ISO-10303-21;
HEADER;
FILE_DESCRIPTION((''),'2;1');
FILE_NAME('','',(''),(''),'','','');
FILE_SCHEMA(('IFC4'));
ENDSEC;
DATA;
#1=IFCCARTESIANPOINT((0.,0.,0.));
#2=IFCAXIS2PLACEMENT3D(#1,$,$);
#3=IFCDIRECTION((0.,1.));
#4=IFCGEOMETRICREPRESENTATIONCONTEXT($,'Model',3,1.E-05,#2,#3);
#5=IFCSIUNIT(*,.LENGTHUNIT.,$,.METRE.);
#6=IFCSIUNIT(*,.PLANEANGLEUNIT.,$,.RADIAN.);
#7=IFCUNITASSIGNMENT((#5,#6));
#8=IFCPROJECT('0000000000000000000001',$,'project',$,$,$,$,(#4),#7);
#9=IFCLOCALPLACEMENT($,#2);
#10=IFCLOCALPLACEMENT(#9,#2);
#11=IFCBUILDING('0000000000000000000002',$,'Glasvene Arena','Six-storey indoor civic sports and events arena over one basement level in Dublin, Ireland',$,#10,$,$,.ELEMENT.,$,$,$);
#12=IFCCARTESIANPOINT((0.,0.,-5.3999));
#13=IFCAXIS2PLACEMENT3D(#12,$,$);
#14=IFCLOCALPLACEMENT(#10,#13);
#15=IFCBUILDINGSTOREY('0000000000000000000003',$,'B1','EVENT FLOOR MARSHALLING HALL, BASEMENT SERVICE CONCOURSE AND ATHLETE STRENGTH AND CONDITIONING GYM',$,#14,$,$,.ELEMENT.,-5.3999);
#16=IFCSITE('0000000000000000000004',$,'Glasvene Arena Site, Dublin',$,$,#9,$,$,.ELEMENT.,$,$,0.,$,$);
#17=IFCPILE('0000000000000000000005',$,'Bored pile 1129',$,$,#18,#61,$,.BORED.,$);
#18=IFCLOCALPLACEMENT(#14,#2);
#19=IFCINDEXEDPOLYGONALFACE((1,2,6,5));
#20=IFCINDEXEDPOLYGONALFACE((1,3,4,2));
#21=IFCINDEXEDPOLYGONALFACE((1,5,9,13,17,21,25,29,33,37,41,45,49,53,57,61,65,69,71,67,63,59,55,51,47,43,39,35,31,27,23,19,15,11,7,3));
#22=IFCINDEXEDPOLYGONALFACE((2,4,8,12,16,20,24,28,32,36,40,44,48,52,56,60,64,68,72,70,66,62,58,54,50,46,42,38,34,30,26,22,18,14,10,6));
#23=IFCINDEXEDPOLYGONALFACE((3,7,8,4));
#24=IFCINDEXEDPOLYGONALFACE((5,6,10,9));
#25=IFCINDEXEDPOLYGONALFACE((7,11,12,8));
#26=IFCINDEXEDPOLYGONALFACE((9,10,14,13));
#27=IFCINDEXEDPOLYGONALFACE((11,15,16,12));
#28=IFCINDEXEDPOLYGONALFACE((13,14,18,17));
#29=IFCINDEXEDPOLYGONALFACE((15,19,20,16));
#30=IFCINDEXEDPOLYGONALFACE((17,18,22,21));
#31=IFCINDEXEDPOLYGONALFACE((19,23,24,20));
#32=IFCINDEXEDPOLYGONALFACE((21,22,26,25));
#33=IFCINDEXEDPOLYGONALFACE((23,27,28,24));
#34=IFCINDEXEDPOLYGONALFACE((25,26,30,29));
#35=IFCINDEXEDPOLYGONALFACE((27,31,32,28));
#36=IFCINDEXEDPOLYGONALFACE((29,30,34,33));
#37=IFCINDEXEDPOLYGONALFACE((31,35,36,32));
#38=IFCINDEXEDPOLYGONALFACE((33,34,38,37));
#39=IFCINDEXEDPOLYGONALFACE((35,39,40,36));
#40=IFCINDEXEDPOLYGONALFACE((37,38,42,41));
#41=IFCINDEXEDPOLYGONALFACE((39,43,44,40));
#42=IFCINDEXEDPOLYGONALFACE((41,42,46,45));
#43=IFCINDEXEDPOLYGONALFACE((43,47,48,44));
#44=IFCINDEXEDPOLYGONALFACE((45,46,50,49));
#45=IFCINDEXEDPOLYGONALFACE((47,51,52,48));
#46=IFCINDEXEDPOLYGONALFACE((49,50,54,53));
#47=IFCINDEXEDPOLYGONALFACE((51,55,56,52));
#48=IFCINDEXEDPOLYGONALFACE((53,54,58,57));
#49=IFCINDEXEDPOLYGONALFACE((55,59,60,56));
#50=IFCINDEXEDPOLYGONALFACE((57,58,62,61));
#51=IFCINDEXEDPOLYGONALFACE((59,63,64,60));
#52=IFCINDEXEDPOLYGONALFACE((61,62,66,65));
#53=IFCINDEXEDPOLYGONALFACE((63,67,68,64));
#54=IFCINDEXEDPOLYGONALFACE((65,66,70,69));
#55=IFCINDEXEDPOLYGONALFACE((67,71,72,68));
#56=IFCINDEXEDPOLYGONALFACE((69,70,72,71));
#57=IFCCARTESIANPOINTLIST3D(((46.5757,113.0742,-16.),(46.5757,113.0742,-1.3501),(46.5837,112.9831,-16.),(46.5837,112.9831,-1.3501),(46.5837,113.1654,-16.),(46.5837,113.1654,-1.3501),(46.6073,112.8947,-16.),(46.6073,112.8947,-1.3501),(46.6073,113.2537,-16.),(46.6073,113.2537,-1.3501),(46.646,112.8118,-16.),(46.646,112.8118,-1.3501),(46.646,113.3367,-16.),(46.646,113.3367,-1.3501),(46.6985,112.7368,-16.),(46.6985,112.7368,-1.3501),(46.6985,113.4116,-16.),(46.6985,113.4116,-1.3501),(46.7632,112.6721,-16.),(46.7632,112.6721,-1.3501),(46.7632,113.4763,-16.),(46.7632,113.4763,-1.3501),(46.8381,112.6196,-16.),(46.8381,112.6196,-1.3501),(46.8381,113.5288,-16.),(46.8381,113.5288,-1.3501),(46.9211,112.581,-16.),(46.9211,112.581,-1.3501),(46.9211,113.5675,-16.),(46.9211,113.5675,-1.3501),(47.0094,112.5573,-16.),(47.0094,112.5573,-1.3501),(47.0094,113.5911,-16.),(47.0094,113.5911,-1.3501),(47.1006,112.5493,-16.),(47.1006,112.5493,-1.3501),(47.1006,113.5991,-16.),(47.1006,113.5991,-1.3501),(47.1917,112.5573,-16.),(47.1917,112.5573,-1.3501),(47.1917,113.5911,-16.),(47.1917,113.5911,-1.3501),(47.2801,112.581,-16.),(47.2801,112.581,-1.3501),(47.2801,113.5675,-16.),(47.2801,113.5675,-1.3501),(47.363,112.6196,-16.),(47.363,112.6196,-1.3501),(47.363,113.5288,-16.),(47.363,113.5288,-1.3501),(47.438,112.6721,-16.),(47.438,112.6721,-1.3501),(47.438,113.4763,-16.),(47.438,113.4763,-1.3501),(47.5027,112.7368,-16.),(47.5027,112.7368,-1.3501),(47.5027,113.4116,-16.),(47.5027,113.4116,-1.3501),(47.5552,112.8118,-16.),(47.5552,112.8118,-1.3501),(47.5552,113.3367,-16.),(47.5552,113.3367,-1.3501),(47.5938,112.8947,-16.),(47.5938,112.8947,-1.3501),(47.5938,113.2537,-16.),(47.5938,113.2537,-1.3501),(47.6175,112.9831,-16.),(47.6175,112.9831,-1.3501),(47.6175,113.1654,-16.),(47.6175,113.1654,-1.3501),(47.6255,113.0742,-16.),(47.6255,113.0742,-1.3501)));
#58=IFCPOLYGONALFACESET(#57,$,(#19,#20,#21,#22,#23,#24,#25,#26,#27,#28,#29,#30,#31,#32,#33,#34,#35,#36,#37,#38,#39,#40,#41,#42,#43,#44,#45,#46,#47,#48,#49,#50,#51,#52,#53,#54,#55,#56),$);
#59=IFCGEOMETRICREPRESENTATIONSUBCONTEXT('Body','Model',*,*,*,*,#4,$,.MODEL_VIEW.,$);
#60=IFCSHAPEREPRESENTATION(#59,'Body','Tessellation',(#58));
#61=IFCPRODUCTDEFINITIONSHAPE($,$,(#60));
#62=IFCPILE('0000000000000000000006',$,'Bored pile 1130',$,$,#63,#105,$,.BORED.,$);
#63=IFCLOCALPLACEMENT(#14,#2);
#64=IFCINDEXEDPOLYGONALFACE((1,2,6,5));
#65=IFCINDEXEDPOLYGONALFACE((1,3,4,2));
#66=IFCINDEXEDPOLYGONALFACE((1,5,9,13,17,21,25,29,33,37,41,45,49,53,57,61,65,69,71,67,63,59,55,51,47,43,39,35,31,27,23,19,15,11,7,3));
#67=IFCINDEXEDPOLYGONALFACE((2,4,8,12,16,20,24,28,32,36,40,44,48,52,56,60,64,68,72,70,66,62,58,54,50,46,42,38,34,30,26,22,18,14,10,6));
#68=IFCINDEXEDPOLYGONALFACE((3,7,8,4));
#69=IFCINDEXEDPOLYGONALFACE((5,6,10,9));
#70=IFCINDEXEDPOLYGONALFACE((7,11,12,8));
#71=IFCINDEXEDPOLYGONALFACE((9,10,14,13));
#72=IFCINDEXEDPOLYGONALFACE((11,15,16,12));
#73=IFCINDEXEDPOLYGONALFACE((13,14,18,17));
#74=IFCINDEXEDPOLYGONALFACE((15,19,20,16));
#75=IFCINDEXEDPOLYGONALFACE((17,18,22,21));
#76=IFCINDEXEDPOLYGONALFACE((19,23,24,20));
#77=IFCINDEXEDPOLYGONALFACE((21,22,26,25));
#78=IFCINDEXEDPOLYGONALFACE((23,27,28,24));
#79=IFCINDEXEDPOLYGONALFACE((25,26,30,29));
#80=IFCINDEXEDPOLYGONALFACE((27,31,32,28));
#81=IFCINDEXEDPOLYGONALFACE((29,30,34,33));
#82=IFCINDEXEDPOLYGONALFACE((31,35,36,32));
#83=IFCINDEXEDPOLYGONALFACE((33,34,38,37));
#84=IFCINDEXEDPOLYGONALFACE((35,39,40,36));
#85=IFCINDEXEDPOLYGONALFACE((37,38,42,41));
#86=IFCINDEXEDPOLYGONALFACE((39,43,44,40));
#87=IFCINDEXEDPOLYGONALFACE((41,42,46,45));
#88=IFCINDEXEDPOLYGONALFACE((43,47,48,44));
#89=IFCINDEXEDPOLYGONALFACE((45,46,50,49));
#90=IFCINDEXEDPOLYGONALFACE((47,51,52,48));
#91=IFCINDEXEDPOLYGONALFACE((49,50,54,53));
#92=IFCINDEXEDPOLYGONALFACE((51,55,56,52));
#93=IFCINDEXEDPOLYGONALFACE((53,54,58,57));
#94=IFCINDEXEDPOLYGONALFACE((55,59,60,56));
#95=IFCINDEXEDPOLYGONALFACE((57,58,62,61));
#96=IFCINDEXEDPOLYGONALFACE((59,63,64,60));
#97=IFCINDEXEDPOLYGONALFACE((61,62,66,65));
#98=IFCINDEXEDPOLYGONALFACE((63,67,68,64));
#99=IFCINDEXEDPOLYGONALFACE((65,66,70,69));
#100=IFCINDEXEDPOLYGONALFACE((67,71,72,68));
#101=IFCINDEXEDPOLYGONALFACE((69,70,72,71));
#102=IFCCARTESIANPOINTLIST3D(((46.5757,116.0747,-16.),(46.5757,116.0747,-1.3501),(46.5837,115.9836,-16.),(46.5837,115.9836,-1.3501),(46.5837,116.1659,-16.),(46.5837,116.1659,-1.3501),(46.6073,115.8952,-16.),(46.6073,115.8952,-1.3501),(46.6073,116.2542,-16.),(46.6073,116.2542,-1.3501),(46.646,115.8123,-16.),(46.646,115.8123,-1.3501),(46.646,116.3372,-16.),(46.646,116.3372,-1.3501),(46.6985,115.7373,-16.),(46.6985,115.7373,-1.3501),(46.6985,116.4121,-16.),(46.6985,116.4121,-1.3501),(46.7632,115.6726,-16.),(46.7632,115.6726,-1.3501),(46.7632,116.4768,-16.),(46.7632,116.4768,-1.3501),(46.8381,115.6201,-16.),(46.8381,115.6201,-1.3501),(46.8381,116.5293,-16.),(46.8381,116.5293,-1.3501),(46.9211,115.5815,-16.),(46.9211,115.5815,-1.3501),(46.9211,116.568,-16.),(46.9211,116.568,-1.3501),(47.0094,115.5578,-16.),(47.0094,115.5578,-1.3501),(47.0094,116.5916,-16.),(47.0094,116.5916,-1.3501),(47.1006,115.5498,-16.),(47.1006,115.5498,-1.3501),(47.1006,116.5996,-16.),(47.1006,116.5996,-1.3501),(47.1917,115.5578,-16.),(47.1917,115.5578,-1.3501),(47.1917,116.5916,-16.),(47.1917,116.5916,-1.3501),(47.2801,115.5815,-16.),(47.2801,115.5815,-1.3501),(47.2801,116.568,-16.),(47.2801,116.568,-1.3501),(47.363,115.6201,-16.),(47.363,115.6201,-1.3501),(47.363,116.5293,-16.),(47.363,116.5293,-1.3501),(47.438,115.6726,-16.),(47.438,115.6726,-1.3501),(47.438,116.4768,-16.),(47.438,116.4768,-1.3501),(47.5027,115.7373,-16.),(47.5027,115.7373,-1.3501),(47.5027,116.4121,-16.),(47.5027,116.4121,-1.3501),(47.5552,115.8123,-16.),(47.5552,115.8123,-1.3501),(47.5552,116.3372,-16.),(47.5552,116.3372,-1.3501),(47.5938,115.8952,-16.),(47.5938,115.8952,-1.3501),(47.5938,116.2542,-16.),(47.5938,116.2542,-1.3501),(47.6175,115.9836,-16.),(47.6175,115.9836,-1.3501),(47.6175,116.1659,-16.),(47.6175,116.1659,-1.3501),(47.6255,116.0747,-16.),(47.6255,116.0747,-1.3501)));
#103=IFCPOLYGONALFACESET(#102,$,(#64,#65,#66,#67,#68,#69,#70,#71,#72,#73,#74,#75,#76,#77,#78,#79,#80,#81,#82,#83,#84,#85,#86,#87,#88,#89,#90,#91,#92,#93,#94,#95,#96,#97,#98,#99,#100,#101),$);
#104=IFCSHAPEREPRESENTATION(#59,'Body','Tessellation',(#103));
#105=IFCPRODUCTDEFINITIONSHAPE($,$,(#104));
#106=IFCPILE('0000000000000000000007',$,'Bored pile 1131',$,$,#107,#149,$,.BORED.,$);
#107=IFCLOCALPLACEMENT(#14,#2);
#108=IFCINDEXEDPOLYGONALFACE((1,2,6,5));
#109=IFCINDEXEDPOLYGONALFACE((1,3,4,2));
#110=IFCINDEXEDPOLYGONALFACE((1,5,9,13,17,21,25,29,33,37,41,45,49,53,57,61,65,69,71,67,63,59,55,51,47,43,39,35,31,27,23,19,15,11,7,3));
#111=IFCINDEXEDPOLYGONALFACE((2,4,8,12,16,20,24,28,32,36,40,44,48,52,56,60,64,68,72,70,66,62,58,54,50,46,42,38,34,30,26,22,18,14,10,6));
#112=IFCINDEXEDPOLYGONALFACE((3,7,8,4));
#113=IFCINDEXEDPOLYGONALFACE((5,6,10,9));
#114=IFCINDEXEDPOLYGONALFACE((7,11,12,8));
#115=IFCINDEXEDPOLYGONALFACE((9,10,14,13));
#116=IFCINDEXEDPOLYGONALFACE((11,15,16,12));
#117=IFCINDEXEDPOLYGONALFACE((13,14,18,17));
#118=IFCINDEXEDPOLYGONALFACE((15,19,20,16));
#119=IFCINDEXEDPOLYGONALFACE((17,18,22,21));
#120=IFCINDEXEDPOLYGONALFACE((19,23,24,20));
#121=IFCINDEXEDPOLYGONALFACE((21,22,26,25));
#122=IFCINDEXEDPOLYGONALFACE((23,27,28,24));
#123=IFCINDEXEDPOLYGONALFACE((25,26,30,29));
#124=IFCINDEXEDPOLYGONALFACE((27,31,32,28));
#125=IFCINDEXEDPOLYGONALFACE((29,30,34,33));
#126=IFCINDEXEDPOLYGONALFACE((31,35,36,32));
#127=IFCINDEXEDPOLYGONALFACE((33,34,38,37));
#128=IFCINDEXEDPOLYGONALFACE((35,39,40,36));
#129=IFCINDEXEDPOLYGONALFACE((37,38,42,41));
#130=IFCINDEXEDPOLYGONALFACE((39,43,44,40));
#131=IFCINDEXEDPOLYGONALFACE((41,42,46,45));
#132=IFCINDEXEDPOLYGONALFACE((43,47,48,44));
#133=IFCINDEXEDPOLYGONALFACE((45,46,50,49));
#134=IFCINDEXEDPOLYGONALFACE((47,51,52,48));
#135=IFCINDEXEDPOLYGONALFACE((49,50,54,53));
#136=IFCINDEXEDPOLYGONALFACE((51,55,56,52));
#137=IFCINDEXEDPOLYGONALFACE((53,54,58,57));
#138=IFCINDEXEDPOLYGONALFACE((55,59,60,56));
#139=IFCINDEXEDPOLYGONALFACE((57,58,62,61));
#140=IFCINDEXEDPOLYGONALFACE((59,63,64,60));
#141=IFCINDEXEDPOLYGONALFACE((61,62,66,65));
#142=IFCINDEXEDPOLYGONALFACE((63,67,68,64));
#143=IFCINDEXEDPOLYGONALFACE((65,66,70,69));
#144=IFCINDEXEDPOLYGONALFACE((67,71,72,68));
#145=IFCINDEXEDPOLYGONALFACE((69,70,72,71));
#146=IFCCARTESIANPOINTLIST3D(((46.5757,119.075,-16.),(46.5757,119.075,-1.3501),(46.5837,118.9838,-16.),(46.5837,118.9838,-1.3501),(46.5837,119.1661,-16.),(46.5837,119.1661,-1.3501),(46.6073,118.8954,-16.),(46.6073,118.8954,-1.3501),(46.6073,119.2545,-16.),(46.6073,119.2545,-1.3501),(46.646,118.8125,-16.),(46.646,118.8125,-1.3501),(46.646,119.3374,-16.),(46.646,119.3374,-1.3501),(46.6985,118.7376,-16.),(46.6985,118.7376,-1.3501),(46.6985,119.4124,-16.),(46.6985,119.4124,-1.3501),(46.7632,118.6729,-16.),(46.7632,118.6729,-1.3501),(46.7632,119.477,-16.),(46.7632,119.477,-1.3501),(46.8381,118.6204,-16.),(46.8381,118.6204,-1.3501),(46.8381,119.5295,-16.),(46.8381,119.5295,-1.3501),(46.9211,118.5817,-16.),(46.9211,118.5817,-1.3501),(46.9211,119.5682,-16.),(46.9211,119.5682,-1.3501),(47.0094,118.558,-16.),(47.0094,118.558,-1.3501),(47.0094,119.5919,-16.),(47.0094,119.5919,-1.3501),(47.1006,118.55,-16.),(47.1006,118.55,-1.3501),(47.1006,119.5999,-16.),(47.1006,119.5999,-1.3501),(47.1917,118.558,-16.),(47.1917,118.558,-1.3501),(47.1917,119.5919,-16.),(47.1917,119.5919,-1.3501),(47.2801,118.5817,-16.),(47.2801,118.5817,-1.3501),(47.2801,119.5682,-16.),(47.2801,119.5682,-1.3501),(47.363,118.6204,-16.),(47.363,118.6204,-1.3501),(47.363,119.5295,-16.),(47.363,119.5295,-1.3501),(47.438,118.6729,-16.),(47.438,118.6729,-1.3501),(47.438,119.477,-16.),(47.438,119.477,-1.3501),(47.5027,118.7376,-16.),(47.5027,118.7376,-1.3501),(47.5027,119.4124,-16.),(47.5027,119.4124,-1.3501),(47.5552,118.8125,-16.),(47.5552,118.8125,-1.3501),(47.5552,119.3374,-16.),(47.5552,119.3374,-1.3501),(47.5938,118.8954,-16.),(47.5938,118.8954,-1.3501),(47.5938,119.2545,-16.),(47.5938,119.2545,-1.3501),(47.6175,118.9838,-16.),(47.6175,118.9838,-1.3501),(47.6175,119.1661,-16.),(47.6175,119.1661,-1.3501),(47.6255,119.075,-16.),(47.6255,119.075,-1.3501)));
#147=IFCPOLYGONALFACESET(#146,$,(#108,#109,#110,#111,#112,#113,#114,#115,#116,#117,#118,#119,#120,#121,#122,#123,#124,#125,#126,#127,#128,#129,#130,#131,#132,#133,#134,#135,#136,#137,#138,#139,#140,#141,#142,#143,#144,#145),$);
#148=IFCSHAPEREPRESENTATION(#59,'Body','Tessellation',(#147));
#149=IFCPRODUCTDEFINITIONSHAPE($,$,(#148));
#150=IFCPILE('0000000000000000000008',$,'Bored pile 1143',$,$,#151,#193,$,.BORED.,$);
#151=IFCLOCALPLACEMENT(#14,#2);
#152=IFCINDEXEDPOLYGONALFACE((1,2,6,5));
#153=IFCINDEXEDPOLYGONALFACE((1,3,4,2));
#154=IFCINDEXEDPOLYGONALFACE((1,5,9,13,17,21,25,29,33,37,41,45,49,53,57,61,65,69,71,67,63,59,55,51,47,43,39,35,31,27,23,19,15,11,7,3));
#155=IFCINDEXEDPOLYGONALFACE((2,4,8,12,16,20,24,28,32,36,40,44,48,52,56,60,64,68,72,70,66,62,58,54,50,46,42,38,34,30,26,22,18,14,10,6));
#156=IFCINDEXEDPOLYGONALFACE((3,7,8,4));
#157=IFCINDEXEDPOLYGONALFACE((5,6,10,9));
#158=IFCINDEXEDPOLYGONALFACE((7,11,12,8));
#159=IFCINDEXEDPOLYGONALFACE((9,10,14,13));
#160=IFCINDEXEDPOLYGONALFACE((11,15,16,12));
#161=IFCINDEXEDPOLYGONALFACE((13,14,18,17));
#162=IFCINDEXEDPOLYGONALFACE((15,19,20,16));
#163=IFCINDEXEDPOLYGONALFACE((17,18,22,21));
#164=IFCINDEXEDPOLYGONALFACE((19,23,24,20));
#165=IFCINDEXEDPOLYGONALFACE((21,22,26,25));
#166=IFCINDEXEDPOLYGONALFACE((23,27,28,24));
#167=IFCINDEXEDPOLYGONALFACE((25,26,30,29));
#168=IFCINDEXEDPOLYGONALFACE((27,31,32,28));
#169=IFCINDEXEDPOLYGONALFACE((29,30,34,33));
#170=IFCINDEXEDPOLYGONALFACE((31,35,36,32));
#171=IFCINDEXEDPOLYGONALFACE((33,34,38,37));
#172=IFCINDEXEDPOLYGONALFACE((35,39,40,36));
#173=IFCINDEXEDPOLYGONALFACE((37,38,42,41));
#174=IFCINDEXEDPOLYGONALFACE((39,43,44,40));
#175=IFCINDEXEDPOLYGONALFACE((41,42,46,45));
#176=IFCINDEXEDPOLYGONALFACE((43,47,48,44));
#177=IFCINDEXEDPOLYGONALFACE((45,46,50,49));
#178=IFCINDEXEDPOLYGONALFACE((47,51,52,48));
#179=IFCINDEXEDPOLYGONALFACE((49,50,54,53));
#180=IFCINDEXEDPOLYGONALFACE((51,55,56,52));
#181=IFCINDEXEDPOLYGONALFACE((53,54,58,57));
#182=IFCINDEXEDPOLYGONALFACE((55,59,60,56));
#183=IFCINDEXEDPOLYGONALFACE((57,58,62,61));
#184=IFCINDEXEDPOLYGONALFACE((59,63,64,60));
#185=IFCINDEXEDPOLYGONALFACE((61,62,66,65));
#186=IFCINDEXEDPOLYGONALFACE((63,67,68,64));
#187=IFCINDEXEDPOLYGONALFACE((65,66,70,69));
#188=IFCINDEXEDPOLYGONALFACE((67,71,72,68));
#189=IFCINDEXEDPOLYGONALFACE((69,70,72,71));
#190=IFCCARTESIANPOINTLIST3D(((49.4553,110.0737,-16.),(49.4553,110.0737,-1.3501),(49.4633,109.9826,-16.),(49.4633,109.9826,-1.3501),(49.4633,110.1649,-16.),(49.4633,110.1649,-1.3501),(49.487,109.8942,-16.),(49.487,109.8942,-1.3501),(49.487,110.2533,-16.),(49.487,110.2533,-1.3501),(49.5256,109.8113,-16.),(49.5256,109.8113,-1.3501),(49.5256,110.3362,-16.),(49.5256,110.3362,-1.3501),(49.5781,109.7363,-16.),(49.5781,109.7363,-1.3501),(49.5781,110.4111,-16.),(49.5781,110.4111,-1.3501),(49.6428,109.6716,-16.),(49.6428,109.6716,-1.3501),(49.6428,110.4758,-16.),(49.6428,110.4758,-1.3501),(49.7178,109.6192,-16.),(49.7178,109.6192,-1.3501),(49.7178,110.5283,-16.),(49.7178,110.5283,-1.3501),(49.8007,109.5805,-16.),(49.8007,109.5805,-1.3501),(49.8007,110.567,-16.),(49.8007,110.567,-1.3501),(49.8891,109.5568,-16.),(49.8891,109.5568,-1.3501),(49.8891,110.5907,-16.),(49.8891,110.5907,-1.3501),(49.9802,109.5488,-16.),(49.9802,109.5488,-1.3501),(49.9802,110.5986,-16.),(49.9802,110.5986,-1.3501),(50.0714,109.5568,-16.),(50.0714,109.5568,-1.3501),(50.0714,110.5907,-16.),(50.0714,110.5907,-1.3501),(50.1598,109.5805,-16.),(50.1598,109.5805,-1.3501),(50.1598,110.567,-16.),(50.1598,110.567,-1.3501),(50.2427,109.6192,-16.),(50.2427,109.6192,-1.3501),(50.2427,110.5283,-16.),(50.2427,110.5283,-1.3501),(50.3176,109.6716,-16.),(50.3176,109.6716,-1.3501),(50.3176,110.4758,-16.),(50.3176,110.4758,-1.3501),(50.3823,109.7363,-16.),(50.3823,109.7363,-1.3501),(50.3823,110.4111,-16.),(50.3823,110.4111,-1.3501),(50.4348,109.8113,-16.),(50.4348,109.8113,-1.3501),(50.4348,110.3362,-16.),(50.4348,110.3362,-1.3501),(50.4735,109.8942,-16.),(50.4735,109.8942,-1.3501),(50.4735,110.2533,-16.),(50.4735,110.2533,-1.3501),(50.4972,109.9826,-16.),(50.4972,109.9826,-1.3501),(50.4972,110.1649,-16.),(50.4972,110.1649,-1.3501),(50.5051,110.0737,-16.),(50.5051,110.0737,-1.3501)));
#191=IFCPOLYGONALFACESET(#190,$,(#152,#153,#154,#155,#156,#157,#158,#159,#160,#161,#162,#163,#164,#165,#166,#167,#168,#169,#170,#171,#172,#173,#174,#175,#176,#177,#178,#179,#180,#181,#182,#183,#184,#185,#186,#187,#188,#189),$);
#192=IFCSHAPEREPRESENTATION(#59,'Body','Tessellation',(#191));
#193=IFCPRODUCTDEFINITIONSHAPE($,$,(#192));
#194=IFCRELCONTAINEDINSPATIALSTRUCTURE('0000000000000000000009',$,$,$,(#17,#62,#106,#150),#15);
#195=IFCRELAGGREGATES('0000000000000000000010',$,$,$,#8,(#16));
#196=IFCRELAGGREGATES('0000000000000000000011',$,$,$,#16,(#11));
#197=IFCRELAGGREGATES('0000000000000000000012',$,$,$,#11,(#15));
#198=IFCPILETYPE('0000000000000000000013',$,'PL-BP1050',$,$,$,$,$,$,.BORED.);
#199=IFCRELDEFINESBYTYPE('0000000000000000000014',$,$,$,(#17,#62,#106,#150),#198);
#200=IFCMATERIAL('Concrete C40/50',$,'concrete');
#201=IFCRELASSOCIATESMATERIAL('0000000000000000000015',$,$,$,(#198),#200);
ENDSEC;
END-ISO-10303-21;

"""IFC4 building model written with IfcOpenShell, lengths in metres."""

from ifc_helpers import new_model, si_unit, direction, frame, origin, origin_2d, place, context, subcontext, project, spatial, circle, extrude, material, material_profile, profile_set, type_object, element, save


model = new_model("IFC4")

# Units and contexts
model_context = context("Model", 3, precision=1e-05, world=origin(), true_north=direction((0.0, 1.0)))
body_context = subcontext(model_context, "Body", "Model", "MODEL_VIEW")
ifc_project = project(units=[si_unit("LENGTHUNIT", "METRE"), si_unit("PLANEANGLEUNIT", "RADIAN")], contexts=[model_context])

# Site, building, storey
site_placement = place(None, origin())
site = spatial("IfcSite", under=ifc_project, at=site_placement, Name="Glasvene Arena Site, Dublin", CompositionType="ELEMENT", RefElevation=0.0)
building_placement = place(site_placement, origin())
building = spatial("IfcBuilding", under=site, at=building_placement, Name="Glasvene Arena", Description="Six-storey indoor civic sports and events arena over one basement level in Dublin, Ireland", CompositionType="ELEMENT")
storey_placement = place(building_placement, frame((0.0, 0.0, -5.3999)))
storey = spatial("IfcBuildingStorey", under=building, at=storey_placement, Name="B1", Description="EVENT FLOOR MARSHALLING HALL, BASEMENT SERVICE CONCOURSE AND ATHLETE STRENGTH AND CONDITIONING GYM", CompositionType="ELEMENT", Elevation=-5.3999)

# Piles
ifc_material = material(Name="Concrete C40/50", Category="concrete")
ifc_material_profile_1 = material_profile(ifc_material, circle(Radius=0.5249, at=origin_2d()), Name="BORED PILE 1050")
ifc_profile_set_1 = profile_set([ifc_material_profile_1], Name="Concrete C40/50")
pile_type = type_object("IfcPileType", Name="PL-BP1050", PredefinedType="BORED", material=ifc_profile_set_1)
for number, where, z_axis, x_axis, name in (
    (1, (47.1006, 113.0742, -1.3501), (0.0, 0.0, -1.0), (1.0, 0.0, 0.0), "Bored pile 1129"),
    (2, (47.1006, 116.0747, -1.3501), (0.0, 0.0, -1.0), (1.0, 0.0, 0.0), "Bored pile 1130"),
    (3, (47.1006, 119.075, -1.3501), (0.0, 0.0, -1.0), (1.0, 0.0, 0.0), "Bored pile 1131"),
    (4, (49.9802, 110.0737, -1.3501), (0.0, 0.0, -1.0), (1.0, 0.0, 0.0), "Bored pile 1143"),
):
    element("IfcPile", number, at=place(storey_placement, frame(where, z_axis=z_axis, x_axis=x_axis)), inside=storey, type_object=pile_type, Name=name, PredefinedType="BORED", context=body_context, shape_type="SweptSolid", body=[
        extrude(circle(Radius=0.5249, at=origin_2d()), origin(), (0.0, 0.0, 1.0), 14.6499),
    ])

save(model, "model.ifc")
